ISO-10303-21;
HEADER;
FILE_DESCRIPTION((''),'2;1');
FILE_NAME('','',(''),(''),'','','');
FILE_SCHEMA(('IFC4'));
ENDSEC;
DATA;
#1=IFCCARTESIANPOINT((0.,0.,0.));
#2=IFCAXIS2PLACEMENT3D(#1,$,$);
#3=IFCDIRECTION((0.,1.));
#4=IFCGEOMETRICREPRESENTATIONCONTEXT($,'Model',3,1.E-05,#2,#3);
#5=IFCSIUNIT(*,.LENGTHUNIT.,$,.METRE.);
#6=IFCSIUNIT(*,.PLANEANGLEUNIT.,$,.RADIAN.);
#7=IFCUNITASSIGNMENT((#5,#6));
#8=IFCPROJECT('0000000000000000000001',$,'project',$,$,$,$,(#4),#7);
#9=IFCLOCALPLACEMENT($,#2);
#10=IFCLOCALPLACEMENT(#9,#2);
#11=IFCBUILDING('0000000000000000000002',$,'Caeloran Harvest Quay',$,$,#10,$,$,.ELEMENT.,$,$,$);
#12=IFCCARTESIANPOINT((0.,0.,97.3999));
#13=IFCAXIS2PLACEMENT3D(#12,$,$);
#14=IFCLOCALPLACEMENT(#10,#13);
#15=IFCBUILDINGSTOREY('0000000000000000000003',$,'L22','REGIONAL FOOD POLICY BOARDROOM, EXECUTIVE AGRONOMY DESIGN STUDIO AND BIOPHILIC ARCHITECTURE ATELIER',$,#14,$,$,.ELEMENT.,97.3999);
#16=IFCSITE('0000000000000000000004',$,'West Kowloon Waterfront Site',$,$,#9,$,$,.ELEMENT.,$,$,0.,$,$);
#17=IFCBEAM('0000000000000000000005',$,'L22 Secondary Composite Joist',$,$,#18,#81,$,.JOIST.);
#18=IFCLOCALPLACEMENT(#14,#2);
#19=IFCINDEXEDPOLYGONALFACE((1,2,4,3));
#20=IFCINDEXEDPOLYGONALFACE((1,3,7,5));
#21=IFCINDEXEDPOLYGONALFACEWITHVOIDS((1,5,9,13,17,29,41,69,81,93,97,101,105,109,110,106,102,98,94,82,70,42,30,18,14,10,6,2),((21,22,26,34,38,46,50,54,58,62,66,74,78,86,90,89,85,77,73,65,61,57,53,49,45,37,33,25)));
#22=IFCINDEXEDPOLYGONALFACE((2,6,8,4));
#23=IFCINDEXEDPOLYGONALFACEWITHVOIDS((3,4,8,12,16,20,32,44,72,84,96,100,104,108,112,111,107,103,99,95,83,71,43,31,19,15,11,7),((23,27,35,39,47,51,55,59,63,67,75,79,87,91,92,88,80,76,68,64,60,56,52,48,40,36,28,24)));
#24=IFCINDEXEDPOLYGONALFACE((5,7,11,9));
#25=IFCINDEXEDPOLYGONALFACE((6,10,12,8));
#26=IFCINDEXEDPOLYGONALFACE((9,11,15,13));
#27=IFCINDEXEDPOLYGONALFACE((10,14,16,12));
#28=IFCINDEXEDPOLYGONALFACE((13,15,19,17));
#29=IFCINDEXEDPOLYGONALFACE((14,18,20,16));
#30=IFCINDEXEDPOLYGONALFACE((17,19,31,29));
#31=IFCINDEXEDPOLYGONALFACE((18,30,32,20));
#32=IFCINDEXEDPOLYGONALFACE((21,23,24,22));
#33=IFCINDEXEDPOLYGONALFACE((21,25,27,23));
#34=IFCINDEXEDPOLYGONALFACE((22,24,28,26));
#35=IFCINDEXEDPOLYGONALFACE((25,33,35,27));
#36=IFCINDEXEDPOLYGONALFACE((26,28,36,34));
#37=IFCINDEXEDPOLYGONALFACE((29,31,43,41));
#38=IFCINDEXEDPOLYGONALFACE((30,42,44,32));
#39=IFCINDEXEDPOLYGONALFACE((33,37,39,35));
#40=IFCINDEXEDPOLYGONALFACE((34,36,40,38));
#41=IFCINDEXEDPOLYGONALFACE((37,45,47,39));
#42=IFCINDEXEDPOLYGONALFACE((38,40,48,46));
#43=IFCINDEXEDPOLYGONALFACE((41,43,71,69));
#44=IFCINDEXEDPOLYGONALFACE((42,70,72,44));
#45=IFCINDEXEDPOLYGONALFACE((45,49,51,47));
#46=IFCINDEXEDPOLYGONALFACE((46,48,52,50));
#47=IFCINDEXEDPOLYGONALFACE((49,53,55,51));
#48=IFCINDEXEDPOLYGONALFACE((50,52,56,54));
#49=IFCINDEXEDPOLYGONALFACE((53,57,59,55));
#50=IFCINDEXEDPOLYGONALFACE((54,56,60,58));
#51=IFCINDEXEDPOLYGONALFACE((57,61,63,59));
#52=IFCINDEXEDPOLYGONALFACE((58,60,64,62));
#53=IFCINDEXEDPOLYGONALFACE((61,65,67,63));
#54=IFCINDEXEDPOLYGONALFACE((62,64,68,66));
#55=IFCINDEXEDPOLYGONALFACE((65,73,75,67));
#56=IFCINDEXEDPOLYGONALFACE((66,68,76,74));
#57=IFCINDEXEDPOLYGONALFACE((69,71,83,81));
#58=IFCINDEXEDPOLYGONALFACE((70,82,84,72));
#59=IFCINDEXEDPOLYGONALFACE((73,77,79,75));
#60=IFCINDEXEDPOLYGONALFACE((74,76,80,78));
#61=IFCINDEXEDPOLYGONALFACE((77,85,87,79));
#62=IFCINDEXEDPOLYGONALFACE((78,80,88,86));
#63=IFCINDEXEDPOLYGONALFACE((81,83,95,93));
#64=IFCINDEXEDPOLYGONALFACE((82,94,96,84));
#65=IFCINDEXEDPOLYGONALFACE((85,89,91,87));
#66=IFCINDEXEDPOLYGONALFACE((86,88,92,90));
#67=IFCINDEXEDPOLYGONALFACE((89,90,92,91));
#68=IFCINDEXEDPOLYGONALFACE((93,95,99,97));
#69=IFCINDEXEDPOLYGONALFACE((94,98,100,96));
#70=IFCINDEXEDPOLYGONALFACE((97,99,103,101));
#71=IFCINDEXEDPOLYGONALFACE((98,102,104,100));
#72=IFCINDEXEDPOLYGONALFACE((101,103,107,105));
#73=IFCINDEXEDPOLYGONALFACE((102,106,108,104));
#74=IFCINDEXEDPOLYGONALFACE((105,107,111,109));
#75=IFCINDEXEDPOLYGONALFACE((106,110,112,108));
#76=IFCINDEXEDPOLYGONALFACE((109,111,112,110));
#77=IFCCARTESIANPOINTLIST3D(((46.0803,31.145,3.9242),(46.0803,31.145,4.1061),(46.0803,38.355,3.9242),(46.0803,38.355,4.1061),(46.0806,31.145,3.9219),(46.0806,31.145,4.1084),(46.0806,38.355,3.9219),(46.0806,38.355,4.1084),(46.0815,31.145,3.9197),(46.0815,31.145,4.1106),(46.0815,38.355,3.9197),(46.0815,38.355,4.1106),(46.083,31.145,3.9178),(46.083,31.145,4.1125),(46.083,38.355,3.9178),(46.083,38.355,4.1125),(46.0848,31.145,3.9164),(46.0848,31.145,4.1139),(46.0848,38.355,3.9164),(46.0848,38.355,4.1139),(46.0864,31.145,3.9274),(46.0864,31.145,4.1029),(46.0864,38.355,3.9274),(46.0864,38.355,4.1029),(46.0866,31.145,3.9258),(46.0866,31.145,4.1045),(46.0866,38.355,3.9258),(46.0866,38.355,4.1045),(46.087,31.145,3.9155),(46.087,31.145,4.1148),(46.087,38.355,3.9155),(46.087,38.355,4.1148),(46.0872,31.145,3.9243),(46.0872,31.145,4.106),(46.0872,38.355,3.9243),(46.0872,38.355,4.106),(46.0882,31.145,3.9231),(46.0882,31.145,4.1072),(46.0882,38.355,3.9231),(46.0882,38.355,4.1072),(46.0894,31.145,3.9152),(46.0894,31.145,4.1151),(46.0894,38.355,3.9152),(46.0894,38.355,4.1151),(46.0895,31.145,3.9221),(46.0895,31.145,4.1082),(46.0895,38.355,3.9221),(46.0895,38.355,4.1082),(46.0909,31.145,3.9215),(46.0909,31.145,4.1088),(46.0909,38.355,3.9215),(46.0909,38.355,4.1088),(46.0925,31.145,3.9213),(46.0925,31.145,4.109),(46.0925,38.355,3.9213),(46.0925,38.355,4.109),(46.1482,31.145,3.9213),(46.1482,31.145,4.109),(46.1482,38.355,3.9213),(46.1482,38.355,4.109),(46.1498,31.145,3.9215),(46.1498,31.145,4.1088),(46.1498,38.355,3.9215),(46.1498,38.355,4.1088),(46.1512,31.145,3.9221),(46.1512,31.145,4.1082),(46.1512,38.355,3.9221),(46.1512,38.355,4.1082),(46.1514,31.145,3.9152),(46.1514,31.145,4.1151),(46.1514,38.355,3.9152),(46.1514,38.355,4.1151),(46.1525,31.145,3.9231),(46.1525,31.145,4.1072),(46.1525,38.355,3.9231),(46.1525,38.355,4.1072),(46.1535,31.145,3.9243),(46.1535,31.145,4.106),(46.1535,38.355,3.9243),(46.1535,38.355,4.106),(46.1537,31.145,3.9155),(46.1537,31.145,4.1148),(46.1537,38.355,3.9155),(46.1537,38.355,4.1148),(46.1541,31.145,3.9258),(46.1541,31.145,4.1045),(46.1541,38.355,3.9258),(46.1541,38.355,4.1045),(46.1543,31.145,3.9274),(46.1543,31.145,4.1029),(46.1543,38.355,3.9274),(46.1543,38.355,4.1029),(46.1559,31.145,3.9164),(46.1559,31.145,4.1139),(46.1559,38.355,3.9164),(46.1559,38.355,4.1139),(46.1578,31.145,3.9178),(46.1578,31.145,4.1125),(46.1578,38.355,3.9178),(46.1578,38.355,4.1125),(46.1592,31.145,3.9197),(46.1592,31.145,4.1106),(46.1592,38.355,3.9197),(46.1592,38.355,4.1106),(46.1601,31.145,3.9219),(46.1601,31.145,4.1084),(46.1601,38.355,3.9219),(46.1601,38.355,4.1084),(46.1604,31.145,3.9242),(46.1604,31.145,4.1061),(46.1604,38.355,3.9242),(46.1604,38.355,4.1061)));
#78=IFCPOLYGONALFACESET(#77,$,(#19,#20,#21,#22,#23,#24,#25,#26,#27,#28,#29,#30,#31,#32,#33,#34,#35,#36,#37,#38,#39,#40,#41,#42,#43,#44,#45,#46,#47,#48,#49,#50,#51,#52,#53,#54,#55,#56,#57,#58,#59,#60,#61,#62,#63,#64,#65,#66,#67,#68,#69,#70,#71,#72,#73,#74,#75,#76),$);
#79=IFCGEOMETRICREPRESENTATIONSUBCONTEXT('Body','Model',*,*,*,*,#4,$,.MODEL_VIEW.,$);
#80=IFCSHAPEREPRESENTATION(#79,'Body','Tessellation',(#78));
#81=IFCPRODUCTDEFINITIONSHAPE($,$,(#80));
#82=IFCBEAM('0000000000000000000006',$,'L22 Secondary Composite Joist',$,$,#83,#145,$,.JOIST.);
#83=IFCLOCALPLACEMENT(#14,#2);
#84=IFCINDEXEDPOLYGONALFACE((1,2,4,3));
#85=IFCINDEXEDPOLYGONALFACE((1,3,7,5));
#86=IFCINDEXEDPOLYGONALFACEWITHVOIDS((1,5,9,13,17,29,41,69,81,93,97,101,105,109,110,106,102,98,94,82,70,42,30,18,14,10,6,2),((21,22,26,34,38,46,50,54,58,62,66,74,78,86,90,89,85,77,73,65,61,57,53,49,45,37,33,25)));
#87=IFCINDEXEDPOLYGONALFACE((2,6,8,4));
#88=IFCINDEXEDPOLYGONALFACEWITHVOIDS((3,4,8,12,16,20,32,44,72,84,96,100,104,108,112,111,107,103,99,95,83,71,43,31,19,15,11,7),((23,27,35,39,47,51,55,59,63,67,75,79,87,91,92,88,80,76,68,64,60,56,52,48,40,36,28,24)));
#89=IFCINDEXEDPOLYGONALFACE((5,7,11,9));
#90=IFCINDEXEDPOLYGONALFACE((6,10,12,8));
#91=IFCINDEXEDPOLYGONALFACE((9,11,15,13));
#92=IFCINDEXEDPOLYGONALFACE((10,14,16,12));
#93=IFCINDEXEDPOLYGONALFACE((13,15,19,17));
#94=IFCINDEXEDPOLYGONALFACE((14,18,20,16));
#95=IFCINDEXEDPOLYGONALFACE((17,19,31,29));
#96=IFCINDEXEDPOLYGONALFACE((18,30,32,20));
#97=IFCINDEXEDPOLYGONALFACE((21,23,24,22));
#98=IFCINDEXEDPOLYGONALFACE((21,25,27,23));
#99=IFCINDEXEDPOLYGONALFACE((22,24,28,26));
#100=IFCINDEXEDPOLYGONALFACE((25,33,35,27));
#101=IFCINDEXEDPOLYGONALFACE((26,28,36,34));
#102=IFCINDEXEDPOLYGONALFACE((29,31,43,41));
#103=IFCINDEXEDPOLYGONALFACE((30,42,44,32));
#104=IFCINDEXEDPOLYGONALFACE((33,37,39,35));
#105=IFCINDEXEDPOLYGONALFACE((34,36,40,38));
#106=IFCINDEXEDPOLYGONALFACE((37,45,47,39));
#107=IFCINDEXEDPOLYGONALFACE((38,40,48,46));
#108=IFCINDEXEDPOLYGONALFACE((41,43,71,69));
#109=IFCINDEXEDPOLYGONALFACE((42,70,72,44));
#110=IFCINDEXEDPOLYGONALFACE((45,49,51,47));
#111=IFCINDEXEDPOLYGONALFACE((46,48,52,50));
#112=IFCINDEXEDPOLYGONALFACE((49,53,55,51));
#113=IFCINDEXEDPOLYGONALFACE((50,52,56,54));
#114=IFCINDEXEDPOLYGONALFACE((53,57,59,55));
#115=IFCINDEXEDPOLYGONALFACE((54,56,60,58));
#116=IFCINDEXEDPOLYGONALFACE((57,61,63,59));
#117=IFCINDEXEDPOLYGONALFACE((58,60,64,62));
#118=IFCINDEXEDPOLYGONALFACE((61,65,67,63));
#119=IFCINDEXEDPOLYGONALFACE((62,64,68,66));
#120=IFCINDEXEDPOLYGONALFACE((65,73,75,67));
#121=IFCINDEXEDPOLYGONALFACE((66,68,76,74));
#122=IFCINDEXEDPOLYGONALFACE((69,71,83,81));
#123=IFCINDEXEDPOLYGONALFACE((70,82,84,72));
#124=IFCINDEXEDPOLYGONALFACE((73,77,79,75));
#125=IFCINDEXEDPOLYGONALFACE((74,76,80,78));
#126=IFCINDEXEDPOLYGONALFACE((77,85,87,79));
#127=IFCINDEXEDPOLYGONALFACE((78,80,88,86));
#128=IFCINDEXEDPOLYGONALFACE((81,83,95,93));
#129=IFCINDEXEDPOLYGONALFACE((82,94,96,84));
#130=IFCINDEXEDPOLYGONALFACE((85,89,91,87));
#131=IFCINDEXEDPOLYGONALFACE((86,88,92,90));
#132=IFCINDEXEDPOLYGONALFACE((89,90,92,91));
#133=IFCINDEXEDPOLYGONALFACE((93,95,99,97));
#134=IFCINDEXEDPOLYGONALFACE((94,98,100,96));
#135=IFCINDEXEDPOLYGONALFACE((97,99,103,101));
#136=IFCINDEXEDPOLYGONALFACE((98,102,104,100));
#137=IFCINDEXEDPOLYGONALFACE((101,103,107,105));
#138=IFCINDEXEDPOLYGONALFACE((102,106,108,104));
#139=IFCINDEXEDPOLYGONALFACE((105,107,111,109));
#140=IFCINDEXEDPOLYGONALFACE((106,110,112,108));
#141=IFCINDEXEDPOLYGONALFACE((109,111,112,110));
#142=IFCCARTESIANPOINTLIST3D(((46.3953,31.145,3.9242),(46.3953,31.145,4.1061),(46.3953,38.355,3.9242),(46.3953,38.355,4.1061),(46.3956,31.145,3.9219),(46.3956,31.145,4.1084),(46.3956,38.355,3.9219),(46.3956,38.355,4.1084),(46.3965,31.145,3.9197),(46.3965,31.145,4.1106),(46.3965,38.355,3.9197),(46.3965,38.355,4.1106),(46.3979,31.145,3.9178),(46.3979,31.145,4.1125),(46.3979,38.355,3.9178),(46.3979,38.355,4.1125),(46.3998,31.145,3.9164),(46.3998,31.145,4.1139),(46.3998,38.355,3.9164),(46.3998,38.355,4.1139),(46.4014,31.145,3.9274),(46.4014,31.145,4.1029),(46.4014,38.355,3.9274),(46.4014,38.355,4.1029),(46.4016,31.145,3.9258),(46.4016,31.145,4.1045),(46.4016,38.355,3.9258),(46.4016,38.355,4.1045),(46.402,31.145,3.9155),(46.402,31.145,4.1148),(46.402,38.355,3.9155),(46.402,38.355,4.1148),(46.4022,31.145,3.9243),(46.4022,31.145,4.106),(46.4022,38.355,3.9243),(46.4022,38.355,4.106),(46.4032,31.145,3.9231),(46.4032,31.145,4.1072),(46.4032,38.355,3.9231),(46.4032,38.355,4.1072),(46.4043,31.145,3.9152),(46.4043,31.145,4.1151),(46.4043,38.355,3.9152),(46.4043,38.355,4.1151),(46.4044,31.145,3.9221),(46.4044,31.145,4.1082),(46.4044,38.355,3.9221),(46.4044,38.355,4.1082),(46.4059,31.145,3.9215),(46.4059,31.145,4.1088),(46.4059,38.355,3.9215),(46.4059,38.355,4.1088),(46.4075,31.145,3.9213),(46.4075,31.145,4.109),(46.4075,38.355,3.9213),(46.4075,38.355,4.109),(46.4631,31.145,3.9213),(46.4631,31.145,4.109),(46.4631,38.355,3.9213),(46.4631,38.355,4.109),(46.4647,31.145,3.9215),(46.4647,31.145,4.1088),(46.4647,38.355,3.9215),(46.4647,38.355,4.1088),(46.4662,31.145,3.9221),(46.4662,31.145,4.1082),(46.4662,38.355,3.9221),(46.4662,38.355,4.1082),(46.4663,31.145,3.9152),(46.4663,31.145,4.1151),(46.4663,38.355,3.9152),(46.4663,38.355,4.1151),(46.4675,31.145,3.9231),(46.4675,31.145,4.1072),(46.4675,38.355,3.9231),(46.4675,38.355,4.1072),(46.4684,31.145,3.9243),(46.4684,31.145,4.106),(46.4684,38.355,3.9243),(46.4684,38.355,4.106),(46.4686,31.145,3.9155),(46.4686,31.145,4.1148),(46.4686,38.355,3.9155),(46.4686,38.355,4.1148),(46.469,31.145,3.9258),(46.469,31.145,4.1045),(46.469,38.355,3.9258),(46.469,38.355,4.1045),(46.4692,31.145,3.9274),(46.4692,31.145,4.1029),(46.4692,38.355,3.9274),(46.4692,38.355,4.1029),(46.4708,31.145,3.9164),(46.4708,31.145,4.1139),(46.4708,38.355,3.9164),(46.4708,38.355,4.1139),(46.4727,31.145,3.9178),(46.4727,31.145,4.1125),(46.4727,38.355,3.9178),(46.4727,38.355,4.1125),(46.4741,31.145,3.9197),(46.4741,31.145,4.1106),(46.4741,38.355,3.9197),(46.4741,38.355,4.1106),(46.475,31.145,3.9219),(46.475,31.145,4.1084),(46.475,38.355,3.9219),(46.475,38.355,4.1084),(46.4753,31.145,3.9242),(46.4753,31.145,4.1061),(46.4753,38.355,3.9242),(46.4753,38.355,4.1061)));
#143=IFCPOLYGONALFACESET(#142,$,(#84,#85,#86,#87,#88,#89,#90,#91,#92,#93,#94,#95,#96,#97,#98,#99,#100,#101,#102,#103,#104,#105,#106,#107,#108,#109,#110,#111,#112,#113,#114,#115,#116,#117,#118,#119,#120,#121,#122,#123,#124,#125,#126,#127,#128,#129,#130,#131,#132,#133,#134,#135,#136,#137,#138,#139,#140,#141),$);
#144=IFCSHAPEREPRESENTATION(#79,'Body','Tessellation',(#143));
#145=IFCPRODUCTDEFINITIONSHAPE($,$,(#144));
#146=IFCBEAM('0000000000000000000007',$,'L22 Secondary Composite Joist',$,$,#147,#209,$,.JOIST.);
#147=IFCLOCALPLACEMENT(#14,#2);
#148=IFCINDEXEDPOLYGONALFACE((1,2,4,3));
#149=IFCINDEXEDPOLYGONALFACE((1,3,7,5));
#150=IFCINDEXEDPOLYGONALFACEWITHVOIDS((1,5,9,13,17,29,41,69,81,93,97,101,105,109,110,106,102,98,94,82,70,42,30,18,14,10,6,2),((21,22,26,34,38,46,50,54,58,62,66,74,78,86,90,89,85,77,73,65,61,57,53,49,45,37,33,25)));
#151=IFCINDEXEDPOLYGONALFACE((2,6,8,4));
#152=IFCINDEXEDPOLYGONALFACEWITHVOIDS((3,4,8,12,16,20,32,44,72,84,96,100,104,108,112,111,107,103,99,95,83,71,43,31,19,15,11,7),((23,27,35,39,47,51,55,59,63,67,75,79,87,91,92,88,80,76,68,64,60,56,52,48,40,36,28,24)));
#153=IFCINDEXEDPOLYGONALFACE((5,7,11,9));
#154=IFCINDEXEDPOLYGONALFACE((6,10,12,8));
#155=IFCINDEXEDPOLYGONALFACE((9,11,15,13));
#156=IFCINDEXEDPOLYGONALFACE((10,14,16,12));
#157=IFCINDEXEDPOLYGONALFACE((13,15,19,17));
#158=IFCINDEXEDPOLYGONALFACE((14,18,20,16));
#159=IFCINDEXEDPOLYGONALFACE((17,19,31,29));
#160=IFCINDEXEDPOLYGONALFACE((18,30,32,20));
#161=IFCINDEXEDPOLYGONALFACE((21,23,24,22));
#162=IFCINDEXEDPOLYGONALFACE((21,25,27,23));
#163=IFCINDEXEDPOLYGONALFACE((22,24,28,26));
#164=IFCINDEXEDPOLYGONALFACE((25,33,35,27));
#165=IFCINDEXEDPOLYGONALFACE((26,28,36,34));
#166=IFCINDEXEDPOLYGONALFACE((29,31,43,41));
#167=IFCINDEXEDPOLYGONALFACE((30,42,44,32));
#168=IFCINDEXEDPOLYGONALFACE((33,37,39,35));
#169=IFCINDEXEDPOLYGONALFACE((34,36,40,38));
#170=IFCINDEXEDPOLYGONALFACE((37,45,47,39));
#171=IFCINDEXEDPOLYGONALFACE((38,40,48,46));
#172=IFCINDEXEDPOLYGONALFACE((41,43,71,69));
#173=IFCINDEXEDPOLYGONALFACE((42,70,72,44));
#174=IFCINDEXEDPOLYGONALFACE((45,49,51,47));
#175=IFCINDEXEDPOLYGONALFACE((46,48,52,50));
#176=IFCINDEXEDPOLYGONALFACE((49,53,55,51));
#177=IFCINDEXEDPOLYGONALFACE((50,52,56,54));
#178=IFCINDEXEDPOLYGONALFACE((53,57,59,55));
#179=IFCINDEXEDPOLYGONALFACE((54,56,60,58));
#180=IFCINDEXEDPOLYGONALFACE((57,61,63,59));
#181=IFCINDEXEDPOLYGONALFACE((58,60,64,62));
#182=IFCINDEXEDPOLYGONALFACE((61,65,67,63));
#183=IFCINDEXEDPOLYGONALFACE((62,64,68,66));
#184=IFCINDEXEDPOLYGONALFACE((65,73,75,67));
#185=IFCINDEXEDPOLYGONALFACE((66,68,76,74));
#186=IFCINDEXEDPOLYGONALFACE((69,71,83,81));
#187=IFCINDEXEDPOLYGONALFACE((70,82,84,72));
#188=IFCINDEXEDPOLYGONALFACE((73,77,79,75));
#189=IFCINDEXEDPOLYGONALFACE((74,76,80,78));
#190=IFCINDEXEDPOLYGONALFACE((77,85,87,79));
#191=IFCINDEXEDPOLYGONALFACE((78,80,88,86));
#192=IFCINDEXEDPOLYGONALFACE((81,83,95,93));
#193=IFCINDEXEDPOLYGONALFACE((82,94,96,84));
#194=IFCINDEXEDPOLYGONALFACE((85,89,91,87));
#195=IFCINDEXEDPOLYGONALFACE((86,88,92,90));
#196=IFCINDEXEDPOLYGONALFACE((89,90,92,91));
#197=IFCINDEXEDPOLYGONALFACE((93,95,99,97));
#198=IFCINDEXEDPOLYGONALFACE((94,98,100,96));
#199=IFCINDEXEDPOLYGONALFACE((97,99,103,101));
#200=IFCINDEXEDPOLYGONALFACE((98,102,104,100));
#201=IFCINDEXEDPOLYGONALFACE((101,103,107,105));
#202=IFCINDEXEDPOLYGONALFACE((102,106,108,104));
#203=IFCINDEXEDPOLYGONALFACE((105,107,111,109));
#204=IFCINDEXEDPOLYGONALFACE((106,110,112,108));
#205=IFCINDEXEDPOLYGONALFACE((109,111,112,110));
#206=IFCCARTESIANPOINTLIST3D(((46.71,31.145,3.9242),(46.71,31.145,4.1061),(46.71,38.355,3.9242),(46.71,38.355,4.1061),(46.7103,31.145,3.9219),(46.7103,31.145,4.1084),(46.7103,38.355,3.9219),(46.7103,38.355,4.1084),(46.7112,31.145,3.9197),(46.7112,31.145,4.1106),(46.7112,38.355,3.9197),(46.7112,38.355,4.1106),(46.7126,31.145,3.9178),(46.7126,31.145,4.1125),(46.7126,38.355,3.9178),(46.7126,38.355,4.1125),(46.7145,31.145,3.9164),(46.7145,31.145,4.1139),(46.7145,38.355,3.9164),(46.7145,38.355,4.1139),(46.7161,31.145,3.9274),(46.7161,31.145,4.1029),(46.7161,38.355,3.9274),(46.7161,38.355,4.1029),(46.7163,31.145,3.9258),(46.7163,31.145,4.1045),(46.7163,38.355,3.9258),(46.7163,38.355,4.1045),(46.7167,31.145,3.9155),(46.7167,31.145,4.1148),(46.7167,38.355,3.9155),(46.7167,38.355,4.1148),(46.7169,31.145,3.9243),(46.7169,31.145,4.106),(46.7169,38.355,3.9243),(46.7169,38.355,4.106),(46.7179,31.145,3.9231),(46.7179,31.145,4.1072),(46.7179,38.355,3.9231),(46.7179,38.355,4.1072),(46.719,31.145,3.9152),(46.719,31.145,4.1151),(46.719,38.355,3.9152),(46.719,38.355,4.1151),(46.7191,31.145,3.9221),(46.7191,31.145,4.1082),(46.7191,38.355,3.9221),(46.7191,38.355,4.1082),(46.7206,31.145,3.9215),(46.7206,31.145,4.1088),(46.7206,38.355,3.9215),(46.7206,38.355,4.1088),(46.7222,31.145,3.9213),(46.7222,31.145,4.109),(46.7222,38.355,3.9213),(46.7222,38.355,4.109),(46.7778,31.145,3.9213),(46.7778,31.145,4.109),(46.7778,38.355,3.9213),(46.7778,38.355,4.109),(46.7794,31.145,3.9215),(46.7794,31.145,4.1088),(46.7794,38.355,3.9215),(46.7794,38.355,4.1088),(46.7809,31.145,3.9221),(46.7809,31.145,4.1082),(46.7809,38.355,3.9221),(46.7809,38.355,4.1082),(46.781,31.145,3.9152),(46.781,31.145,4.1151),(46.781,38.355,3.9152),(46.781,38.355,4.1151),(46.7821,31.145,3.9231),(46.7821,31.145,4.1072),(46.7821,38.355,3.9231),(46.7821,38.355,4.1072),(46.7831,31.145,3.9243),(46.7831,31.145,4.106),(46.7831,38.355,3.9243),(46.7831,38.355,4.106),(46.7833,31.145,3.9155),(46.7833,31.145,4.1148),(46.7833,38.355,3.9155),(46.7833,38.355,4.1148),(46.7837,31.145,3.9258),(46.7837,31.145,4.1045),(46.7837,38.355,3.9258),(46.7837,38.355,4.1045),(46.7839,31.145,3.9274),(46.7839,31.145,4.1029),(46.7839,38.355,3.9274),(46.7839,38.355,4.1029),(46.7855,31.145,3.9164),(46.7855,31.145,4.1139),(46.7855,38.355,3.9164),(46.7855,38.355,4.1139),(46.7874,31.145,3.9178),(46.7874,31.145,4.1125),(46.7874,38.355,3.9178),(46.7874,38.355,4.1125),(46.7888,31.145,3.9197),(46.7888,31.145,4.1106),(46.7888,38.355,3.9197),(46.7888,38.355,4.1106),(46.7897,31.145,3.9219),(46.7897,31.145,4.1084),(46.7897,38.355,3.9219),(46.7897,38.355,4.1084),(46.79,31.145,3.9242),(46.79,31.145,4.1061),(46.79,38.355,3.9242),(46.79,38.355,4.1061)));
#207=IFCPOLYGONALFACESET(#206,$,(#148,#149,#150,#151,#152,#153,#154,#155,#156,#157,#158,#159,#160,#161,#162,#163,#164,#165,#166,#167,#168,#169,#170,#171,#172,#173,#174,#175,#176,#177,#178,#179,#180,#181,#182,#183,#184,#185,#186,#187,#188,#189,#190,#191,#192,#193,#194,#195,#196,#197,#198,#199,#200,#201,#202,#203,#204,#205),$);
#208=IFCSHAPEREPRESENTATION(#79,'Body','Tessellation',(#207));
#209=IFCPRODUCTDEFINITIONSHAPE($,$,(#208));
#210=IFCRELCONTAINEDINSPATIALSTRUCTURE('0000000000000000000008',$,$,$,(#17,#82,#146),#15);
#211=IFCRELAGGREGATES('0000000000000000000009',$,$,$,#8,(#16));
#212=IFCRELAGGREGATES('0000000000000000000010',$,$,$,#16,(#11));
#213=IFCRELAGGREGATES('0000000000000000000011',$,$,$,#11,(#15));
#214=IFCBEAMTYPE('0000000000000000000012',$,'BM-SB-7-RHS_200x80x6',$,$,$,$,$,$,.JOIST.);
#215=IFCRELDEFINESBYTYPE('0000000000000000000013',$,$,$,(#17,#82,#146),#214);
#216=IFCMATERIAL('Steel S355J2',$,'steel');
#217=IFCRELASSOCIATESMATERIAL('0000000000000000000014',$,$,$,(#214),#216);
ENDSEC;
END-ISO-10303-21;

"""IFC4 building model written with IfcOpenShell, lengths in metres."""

from ifc_helpers import new_model, si_unit, direction, frame, origin, origin_2d, place, context, subcontext, project, spatial, hollow_rectangle, extrude, material, material_profile, profile_set, type_object, element, save


model = new_model("IFC4")

# Units and contexts
model_context = context("Model", 3, precision=1e-05, world=origin(), true_north=direction((0.0, 1.0)))
body_context = subcontext(model_context, "Body", "Model", "MODEL_VIEW")
ifc_project = project(units=[si_unit("LENGTHUNIT", "METRE"), si_unit("PLANEANGLEUNIT", "RADIAN")], contexts=[model_context])

# Site, building, storey
site_placement = place(None, origin())
site = spatial("IfcSite", under=ifc_project, at=site_placement, Name="West Kowloon Waterfront Site", CompositionType="ELEMENT", RefElevation=0.0)
building_placement = place(site_placement, origin())
building = spatial("IfcBuilding", under=site, at=building_placement, Name="Caeloran Harvest Quay", CompositionType="ELEMENT")
storey_placement = place(building_placement, frame((0.0, 0.0, 97.3999)))
storey = spatial("IfcBuildingStorey", under=building, at=storey_placement, Name="L22", Description="REGIONAL FOOD POLICY BOARDROOM, EXECUTIVE AGRONOMY DESIGN STUDIO AND BIOPHILIC ARCHITECTURE ATELIER", CompositionType="ELEMENT", Elevation=97.3999)

# Beams
ifc_material_1 = material(Name="Steel S355J2", Category="steel")
ifc_material_profile_1 = material_profile(ifc_material_1, hollow_rectangle(XDim=0.0801, YDim=0.2, WallThickness=0.0061, InnerFilletRadius=0.0061, OuterFilletRadius=0.009, at=origin_2d()), Name="RHS 200x80x6")
ifc_profile_set_1 = profile_set([ifc_material_profile_1], Name="Steel S355J2")
beam_type_1 = type_object("IfcBeamType", Name="BM-SB-7-RHS_200x80x6", PredefinedType="JOIST", material=ifc_profile_set_1)
for number, where, z_axis, x_axis, name in (
    (1, (46.1204, 31.145, 4.0151), (0.0, 1.0, 0.0), (-1.0, 0.0, 0.0), "L22 Secondary Composite Joist"),
    (2, (46.4353, 31.145, 4.0151), (0.0, 1.0, 0.0), (-1.0, 0.0, 0.0), "L22 Secondary Composite Joist"),
    (3, (46.75, 31.145, 4.0151), (0.0, 1.0, 0.0), (-1.0, 0.0, 0.0), "L22 Secondary Composite Joist"),
):
    element("IfcBeam", number, at=place(storey_placement, frame(where, z_axis=z_axis, x_axis=x_axis)), inside=storey, type_object=beam_type_1, Name=name, PredefinedType="JOIST", context=body_context, shape_type="SweptSolid", body=[
        extrude(hollow_rectangle(XDim=0.0801, YDim=0.2, WallThickness=0.0061, InnerFilletRadius=0.0061, OuterFilletRadius=0.009, at=origin_2d()), origin(), (0.0, 0.0, 1.0), 7.21),
    ])

save(model, "model.ifc")
